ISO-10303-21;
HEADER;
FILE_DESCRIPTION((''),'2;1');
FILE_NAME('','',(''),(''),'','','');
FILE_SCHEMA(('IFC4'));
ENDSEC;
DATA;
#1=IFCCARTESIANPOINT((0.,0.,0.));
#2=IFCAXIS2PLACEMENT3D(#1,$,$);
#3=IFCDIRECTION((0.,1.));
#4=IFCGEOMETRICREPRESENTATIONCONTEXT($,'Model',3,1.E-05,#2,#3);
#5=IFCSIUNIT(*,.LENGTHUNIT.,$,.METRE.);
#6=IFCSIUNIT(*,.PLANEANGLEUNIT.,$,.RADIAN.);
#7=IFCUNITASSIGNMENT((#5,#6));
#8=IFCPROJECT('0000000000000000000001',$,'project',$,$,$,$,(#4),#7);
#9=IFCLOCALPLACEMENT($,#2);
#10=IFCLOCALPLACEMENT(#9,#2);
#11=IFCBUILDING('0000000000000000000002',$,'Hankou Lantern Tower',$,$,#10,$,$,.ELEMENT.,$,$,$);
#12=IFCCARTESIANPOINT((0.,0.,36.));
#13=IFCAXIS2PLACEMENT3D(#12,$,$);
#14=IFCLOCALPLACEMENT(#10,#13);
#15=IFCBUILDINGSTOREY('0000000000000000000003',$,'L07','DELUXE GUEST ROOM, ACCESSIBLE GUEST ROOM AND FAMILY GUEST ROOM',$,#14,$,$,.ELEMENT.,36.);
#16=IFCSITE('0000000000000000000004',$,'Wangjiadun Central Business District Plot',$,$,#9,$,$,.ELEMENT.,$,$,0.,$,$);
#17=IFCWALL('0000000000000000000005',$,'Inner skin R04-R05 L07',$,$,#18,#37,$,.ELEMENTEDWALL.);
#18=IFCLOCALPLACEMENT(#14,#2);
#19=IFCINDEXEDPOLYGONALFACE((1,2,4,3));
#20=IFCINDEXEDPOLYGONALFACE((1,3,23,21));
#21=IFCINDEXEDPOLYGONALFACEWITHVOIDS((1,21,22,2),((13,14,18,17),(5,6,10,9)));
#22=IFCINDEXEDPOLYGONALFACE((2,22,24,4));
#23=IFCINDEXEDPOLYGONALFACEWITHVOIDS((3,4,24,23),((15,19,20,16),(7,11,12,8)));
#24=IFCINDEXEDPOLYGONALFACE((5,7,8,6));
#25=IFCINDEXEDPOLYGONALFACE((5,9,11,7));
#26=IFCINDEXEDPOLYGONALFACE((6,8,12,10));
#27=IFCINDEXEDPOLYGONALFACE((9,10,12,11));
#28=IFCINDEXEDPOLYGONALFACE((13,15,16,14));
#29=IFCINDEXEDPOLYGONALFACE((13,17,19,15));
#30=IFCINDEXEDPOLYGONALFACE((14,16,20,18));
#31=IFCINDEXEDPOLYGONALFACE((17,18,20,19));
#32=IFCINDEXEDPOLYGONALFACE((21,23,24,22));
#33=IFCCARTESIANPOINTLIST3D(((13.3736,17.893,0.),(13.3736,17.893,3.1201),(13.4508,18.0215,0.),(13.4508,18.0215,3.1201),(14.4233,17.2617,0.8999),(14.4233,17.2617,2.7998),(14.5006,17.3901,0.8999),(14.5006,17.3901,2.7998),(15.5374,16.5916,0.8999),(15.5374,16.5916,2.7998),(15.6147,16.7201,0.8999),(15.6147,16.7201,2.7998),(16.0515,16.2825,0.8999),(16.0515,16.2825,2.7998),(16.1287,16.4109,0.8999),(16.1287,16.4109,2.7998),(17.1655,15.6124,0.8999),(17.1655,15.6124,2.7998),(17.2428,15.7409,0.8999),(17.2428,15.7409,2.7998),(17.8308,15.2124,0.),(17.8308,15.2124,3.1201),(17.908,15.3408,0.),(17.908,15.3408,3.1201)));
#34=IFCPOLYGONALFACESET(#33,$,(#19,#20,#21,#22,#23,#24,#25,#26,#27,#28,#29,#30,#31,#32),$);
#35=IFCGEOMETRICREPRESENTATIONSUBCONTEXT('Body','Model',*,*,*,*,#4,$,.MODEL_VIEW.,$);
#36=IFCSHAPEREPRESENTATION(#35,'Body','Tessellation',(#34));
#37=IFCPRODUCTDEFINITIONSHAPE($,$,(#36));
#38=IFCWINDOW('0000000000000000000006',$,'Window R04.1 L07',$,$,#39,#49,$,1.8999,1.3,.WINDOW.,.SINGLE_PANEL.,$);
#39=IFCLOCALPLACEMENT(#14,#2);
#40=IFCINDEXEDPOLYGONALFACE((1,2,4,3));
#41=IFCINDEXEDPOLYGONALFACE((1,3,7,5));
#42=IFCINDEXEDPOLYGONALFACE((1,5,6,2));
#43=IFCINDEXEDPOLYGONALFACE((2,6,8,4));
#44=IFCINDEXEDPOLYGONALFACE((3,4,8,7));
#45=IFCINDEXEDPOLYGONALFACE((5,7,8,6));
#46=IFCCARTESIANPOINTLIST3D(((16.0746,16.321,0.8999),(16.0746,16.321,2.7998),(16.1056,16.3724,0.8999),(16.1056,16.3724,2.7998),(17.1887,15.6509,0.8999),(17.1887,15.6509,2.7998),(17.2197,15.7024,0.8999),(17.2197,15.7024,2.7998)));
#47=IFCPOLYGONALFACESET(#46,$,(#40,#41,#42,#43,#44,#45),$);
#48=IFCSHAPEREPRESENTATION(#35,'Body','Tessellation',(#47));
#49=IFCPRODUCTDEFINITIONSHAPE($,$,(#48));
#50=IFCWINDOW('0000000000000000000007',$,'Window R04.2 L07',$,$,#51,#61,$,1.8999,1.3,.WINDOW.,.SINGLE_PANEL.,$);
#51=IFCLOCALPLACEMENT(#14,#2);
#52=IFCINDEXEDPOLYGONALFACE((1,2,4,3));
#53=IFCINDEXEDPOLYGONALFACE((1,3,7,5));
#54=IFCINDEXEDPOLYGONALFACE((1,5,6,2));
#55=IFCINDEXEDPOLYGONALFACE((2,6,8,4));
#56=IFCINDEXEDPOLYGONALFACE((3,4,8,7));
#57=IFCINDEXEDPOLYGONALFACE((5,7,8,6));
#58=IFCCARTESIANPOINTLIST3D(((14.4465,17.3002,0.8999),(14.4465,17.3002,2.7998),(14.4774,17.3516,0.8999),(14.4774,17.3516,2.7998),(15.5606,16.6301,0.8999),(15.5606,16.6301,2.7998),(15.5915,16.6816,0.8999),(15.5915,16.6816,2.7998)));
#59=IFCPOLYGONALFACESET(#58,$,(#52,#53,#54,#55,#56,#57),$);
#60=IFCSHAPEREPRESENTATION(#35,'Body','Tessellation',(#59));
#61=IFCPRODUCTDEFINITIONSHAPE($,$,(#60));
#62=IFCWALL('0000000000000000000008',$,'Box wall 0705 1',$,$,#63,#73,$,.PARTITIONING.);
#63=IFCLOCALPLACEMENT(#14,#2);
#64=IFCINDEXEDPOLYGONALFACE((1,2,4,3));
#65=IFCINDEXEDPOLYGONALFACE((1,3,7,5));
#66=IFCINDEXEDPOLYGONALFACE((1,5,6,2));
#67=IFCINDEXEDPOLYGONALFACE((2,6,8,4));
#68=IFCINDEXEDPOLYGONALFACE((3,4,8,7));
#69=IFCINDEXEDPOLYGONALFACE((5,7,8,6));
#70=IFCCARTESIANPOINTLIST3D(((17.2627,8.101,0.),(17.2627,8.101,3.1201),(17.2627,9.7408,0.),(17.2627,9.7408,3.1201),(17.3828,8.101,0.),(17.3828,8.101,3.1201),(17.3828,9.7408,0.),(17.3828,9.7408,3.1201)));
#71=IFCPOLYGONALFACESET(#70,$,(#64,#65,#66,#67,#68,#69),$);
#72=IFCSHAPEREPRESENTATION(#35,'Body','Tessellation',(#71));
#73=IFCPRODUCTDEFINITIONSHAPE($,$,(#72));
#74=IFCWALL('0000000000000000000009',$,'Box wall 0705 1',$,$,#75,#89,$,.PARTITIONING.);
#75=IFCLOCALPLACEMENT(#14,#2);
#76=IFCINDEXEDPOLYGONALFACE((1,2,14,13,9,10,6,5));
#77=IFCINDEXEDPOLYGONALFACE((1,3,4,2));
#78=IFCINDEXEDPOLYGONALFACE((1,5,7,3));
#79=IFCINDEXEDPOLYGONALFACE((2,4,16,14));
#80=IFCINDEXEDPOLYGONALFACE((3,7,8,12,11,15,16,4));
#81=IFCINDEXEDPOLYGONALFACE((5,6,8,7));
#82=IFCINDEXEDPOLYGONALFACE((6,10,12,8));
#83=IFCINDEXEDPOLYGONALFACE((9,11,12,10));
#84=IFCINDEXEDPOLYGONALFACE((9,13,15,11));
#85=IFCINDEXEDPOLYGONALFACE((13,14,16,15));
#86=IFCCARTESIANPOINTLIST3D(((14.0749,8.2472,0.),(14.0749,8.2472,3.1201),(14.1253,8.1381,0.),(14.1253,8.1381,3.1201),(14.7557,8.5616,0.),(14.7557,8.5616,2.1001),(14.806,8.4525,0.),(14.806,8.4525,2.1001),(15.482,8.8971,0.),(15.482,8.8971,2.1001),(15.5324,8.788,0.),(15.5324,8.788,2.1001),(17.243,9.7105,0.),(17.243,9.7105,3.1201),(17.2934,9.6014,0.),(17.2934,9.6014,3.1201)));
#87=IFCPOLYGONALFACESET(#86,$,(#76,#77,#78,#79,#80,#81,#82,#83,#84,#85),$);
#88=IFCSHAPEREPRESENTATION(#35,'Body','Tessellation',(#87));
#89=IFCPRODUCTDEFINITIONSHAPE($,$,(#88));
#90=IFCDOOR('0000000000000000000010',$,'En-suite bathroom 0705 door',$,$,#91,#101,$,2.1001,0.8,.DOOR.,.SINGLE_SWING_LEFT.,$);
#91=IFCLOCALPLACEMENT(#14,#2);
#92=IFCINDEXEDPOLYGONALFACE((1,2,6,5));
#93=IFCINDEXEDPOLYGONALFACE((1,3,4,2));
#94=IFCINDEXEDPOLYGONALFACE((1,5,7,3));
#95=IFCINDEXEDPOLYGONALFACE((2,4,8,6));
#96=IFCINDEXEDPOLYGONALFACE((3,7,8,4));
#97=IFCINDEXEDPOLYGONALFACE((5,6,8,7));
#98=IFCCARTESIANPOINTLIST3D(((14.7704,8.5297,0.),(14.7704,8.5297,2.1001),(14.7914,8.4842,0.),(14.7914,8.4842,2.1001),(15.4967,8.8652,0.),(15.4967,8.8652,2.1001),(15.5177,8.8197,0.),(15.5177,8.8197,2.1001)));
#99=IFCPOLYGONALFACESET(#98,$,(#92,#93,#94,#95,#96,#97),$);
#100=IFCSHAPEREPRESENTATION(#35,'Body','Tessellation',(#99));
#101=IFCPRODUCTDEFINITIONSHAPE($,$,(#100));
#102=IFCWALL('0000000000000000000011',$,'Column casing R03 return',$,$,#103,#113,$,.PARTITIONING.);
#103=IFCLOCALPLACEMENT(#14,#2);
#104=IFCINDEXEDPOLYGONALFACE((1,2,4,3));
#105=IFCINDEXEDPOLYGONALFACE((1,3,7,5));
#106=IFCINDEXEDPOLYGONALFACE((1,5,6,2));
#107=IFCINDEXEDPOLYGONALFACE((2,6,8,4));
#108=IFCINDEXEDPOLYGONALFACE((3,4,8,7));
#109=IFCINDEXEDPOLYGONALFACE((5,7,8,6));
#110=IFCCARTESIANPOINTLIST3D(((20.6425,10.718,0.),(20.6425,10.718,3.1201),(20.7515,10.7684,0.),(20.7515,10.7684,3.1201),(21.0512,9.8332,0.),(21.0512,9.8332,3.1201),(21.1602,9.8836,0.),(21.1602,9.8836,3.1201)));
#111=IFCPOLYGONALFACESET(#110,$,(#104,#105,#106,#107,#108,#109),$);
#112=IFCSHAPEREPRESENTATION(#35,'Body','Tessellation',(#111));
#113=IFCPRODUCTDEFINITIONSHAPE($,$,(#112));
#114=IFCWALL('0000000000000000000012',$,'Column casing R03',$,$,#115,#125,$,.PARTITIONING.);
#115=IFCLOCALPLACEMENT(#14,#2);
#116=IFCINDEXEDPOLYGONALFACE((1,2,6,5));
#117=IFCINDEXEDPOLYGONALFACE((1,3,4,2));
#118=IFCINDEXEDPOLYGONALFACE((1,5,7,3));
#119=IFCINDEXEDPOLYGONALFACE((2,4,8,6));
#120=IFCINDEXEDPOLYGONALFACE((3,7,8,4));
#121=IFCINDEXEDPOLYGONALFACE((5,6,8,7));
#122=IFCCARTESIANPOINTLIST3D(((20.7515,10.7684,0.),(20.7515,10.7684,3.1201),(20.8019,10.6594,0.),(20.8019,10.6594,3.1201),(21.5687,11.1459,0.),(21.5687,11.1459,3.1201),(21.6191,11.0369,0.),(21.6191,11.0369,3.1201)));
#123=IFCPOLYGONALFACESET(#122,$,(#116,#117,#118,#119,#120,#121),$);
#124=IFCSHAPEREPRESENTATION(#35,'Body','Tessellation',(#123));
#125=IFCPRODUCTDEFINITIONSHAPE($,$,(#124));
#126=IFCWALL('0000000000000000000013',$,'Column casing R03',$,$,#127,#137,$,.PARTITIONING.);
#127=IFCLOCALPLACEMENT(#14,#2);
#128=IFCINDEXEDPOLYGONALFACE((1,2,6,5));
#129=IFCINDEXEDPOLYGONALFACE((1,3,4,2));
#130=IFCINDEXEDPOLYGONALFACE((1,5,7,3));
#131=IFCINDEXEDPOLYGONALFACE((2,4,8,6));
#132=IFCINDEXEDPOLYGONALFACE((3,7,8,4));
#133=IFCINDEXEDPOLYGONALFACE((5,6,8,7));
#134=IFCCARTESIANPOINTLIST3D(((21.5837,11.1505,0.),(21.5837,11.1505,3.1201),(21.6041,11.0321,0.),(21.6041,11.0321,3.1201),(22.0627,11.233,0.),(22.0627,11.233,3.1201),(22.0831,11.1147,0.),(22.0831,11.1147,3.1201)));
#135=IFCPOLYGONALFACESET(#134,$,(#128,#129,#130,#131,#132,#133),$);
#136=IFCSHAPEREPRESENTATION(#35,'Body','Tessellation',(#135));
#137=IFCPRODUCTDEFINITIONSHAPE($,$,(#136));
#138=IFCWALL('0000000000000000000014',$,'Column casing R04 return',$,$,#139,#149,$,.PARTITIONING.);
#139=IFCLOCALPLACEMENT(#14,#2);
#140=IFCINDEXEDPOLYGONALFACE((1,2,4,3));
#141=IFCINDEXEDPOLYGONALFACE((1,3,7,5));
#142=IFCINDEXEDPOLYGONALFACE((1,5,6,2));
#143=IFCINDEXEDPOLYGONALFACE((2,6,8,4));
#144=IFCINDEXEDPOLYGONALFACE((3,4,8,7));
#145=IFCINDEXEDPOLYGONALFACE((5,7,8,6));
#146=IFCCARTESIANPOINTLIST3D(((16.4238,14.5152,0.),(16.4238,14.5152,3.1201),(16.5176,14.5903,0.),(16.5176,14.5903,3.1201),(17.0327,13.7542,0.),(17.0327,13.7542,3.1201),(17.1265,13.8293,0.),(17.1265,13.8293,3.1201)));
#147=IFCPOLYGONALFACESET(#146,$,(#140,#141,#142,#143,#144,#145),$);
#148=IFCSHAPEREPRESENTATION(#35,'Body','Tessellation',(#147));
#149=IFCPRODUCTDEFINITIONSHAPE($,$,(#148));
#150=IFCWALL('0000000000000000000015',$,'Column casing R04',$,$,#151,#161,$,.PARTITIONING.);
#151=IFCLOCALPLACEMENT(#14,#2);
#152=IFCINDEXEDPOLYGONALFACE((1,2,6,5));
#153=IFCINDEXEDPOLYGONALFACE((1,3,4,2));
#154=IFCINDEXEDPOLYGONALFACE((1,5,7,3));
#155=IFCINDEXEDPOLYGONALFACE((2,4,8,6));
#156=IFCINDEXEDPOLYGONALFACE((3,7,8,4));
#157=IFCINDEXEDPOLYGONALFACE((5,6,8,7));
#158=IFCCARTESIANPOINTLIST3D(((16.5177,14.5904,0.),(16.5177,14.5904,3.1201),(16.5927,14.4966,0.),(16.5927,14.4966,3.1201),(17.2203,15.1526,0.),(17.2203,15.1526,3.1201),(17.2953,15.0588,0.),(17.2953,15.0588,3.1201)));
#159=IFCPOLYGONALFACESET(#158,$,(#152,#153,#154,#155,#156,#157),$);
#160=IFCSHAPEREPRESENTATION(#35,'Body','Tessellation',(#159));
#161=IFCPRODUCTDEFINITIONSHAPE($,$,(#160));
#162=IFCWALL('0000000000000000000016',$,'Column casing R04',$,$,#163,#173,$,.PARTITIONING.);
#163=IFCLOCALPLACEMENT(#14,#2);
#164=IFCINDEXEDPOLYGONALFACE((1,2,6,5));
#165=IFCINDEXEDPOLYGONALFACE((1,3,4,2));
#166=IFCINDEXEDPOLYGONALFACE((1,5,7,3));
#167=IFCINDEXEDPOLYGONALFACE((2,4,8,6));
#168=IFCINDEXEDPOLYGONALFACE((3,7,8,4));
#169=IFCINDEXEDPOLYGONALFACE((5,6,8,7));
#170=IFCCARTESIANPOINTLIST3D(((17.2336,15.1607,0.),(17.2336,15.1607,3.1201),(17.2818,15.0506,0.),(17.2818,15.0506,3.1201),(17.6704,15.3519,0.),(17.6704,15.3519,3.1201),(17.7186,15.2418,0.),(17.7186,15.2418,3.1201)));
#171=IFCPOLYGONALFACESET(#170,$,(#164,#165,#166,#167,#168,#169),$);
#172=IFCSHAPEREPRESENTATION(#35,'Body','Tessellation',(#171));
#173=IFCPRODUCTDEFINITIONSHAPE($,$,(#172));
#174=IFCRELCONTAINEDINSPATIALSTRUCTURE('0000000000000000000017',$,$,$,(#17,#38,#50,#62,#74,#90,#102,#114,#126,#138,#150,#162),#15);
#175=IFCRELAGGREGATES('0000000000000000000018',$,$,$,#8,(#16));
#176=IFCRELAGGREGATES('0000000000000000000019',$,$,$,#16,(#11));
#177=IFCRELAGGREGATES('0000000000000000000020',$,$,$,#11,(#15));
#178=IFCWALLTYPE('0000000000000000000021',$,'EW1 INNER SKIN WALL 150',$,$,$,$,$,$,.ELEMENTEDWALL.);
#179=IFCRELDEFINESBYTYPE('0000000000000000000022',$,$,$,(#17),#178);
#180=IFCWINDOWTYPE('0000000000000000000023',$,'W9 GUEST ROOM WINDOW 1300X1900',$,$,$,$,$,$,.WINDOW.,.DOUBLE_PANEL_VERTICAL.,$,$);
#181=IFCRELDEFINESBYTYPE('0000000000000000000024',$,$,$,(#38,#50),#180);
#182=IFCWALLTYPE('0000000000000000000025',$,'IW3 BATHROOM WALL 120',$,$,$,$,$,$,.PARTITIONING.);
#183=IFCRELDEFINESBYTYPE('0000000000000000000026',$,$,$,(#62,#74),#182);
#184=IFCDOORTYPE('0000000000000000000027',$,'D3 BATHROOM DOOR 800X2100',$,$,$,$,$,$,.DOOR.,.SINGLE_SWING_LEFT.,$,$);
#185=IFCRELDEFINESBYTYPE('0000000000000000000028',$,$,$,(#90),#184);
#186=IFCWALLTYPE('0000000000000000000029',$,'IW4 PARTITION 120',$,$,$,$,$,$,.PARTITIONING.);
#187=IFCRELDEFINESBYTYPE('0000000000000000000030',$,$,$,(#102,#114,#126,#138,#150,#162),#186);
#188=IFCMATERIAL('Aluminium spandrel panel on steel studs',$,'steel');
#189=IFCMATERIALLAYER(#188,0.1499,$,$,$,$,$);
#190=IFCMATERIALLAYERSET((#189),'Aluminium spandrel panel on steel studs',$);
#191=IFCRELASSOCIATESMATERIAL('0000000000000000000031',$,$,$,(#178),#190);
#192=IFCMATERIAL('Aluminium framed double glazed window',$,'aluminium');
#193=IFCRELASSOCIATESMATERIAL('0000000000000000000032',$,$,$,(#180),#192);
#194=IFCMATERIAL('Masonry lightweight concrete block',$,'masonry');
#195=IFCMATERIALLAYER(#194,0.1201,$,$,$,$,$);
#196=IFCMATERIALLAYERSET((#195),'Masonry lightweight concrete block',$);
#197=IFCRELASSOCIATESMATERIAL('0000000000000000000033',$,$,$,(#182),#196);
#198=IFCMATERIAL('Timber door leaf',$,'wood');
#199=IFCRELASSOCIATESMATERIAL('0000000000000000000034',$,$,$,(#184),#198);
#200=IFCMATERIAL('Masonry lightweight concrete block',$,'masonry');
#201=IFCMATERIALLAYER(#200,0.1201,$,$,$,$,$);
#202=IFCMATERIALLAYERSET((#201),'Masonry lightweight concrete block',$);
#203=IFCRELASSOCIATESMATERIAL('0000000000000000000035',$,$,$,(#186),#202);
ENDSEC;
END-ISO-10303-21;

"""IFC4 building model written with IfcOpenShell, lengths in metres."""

from ifc_helpers import new_model, si_unit, direction, frame, frame_2d, origin, place, context, subcontext, project, spatial, rectangle, extrude, material, layer, layer_set, type_object, element, fill, save


model = new_model("IFC4")

# Units and contexts
model_context = context("Model", 3, precision=1e-05, world=origin(), true_north=direction((0.0, 1.0)))
body_context = subcontext(model_context, "Body", "Model", "MODEL_VIEW")
ifc_project = project(units=[si_unit("LENGTHUNIT", "METRE"), si_unit("PLANEANGLEUNIT", "RADIAN")], contexts=[model_context])

# Site, building, storey
site_placement = place(None, origin())
site = spatial("IfcSite", under=ifc_project, at=site_placement, Name="Wangjiadun Central Business District Plot", CompositionType="ELEMENT", RefElevation=0.0)
building_placement = place(site_placement, origin())
building = spatial("IfcBuilding", under=site, at=building_placement, Name="Hankou Lantern Tower", CompositionType="ELEMENT")
storey_placement = place(building_placement, frame((0.0, 0.0, 36.0)))
storey = spatial("IfcBuildingStorey", under=building, at=storey_placement, Name="L07", Description="DELUXE GUEST ROOM, ACCESSIBLE GUEST ROOM AND FAMILY GUEST ROOM", CompositionType="ELEMENT", Elevation=36.0)

# Wall, openings, windows
ifc_material_1 = material(Name="Aluminium spandrel panel on steel studs", Category="steel")
ifc_layer_1 = layer(ifc_material_1, 0.1499)
ifc_layer_set_1 = layer_set([ifc_layer_1], Name="Aluminium spandrel panel on steel studs")
wall_type_1 = type_object("IfcWallType", Name="EW1 INNER SKIN WALL 150", PredefinedType="ELEMENTEDWALL", material=ifc_layer_set_1)
ifc_material_2 = material(Name="Aluminium framed double glazed window", Category="aluminium")
window_type = type_object("IfcWindowType", Name="W9 GUEST ROOM WINDOW 1300X1900", PartitioningType="DOUBLE_PANEL_VERTICAL", PredefinedType="WINDOW", material=ifc_material_2)
wall_1_placement = place(storey_placement, frame((17.8694, 15.2766, 0.0), z_axis=(0.0, 0.0, 1.0), x_axis=(-0.856958, 0.515386, 0.0)))
wall_1 = element("IfcWall", 1, at=wall_1_placement, inside=storey, type_object=wall_type_1, Name="Inner skin R04-R05 L07", PredefinedType="ELEMENTEDWALL", context=body_context, shape_type="SweptSolid", body=[
    extrude(rectangle(XDim=5.2012, YDim=0.1499, at=frame_2d((2.6006, 0.0))), origin(), (0.0, 0.0, 1.0), 3.1201),
])
opening_1_placement = place(wall_1_placement, frame((0.7764, 0.0, 0.8999)))
opening_1 = element("IfcOpeningElement", 2, at=opening_1_placement, cuts=wall_1, PredefinedType="OPENING", context=body_context, shape_type="SweptSolid", body=[
    extrude(rectangle(XDim=1.3, YDim=1.8999, at=frame_2d((0.6499, 0.95))), frame((0.0, 0.085, 0.0), z_axis=(0.0, -1.0, 0.0), x_axis=(1.0, 0.0, 0.0)), (0.0, 0.0, 1.0), 0.1699),
])
opening_2_placement = place(wall_1_placement, frame((2.6763, 0.0, 0.8999)))
opening_2 = element("IfcOpeningElement", 3, at=opening_2_placement, cuts=wall_1, PredefinedType="OPENING", context=body_context, shape_type="SweptSolid", body=[
    extrude(rectangle(XDim=1.3, YDim=1.8999, at=frame_2d((0.6499, 0.95))), frame((0.0, 0.085, 0.0), z_axis=(0.0, -1.0, 0.0), x_axis=(1.0, 0.0, 0.0)), (0.0, 0.0, 1.0), 0.1699),
])
window_1_placement = place(opening_1_placement, origin())
window_1 = element("IfcWindow", 4, at=window_1_placement, inside=storey, type_object=window_type, Name="Window R04.1 L07", OverallHeight=1.8999, OverallWidth=1.3, PartitioningType="SINGLE_PANEL", PredefinedType="WINDOW", context=body_context, shape_type="SweptSolid", body=[
    extrude(rectangle(XDim=1.3, YDim=1.8999, at=frame_2d((0.6499, 0.95))), frame((0.0, 0.03, 0.0), z_axis=(0.0, -1.0, 0.0), x_axis=(1.0, 0.0, 0.0)), (0.0, 0.0, 1.0), 0.0601),
])
fill(opening_1, window_1)
window_2_placement = place(opening_2_placement, origin())
window_2 = element("IfcWindow", 5, at=window_2_placement, inside=storey, type_object=window_type, Name="Window R04.2 L07", OverallHeight=1.8999, OverallWidth=1.3, PartitioningType="SINGLE_PANEL", PredefinedType="WINDOW", context=body_context, shape_type="SweptSolid", body=[
    extrude(rectangle(XDim=1.3, YDim=1.8999, at=frame_2d((0.6499, 0.95))), frame((0.0, 0.03, 0.0), z_axis=(0.0, -1.0, 0.0), x_axis=(1.0, 0.0, 0.0)), (0.0, 0.0, 1.0), 0.0601),
])
fill(opening_2, window_2)

# Wall
ifc_material_3 = material(Name="Masonry lightweight concrete block", Category="masonry")
ifc_layer_2 = layer(ifc_material_3, 0.1201)
ifc_layer_set_2 = layer_set([ifc_layer_2], Name="Masonry lightweight concrete block")
wall_type_2 = type_object("IfcWallType", Name="IW3 BATHROOM WALL 120", PredefinedType="PARTITIONING", material=ifc_layer_set_2)
wall_2_placement = place(storey_placement, frame((17.3228, 8.1011, 0.0), z_axis=(0.0, 0.0, 1.0), x_axis=(0.0, 1.0, 0.0)))
element("IfcWall", 6, at=wall_2_placement, inside=storey, type_object=wall_type_2, Name="Box wall 0705 1", PredefinedType="PARTITIONING", context=body_context, shape_type="SweptSolid", body=[
    extrude(rectangle(XDim=1.6399, YDim=0.1201, at=frame_2d((0.8198, 0.0))), origin(), (0.0, 0.0, 1.0), 3.1201),
])

# Wall, opening, door
wall_3_placement = place(storey_placement, frame((14.1001, 8.1926, 0.0), z_axis=(0.0, 0.0, 1.0), x_axis=(0.907836, 0.419324, 0.0)))
wall_3 = element("IfcWall", 7, at=wall_3_placement, inside=storey, type_object=wall_type_2, Name="Box wall 0705 1", PredefinedType="PARTITIONING", context=body_context, shape_type="SweptSolid", body=[
    extrude(rectangle(XDim=3.4897, YDim=0.1201, at=frame_2d((1.7449, 0.0))), origin(), (0.0, 0.0, 1.0), 3.1201),
])
opening_3_placement = place(wall_3_placement, frame((0.75, 0.0, 0.0)))
opening_3 = element("IfcOpeningElement", 8, at=opening_3_placement, cuts=wall_3, PredefinedType="OPENING", context=body_context, shape_type="SweptSolid", body=[
    extrude(rectangle(XDim=0.8, YDim=2.1001, at=frame_2d((0.3999, 1.05))), frame((0.0, 0.0701, 0.0), z_axis=(0.0, -1.0, 0.0), x_axis=(1.0, 0.0, 0.0)), (0.0, 0.0, 1.0), 0.1401),
])
ifc_material_4 = material(Name="Timber door leaf", Category="wood")
door_type = type_object("IfcDoorType", Name="D3 BATHROOM DOOR 800X2100", OperationType="SINGLE_SWING_LEFT", PredefinedType="DOOR", material=ifc_material_4)
door_placement = place(opening_3_placement, origin())
door = element("IfcDoor", 9, at=door_placement, inside=storey, type_object=door_type, Name="En-suite bathroom 0705 door", OperationType="SINGLE_SWING_LEFT", OverallHeight=2.1001, OverallWidth=0.8, PredefinedType="DOOR", context=body_context, shape_type="SweptSolid", body=[
    extrude(rectangle(XDim=0.8, YDim=2.1001, at=frame_2d((0.3999, 1.05))), frame((0.0, 0.0249, 0.0), z_axis=(0.0, -1.0, 0.0), x_axis=(1.0, 0.0, 0.0)), (0.0, 0.0, 1.0), 0.05),
])
fill(opening_3, door)

# Walls
ifc_material_5 = material(Name="Masonry lightweight concrete block", Category="masonry")
ifc_layer_3 = layer(ifc_material_5, 0.1201)
ifc_layer_set_3 = layer_set([ifc_layer_3], Name="Masonry lightweight concrete block")
wall_type_3 = type_object("IfcWallType", Name="IW4 PARTITION 120", PredefinedType="PARTITIONING", material=ifc_layer_set_3)
wall_4_placement = place(storey_placement, frame((21.1057, 9.8584, 0.0), z_axis=(0.0, 0.0, 1.0), x_axis=(-0.419344, 0.907827, 0.0)))
element("IfcWall", 10, at=wall_4_placement, inside=storey, type_object=wall_type_3, Name="Column casing R03 return", PredefinedType="PARTITIONING", context=body_context, shape_type="SweptSolid", body=[
    extrude(rectangle(XDim=0.9746, YDim=0.1201, at=frame_2d((0.4873, 0.0))), origin(), (0.0, 0.0, 1.0), 3.1201),
])
wall_5_placement = place(storey_placement, frame((20.7766, 10.7139, 0.0), z_axis=(0.0, 0.0, 1.0), x_axis=(0.907832, 0.419333, 0.0)))
element("IfcWall", 11, at=wall_5_placement, inside=storey, type_object=wall_type_3, Name="Column casing R03", PredefinedType="PARTITIONING", context=body_context, shape_type="SweptSolid", body=[
    extrude(rectangle(XDim=0.9001, YDim=0.1201, at=frame_2d((0.4502, 0.0))), origin(), (0.0, 0.0, 1.0), 3.1201),
])
wall_6_placement = place(storey_placement, frame((21.5938, 11.0913, 0.0), z_axis=(0.0, 0.0, 1.0), x_axis=(0.985483, 0.169772, 0.0)))
element("IfcWall", 12, at=wall_6_placement, inside=storey, type_object=wall_type_3, Name="Column casing R03", PredefinedType="PARTITIONING", context=body_context, shape_type="SweptSolid", body=[
    extrude(rectangle(XDim=0.4861, YDim=0.1201, at=frame_2d((0.2432, 0.0))), origin(), (0.0, 0.0, 1.0), 3.1201),
])
wall_7_placement = place(storey_placement, frame((17.0796, 13.7917, 0.0), z_axis=(0.0, 0.0, 1.0), x_axis=(-0.624756, 0.78082, 0.0)))
element("IfcWall", 13, at=wall_7_placement, inside=storey, type_object=wall_type_3, Name="Column casing R04 return", PredefinedType="PARTITIONING", context=body_context, shape_type="SweptSolid", body=[
    extrude(rectangle(XDim=0.9746, YDim=0.1201, at=frame_2d((0.4873, 0.0))), origin(), (0.0, 0.0, 1.0), 3.1201),
])
wall_8_placement = place(storey_placement, frame((16.5552, 14.5435, 0.0), z_axis=(0.0, 0.0, 1.0), x_axis=(0.780789, 0.624794, 0.0)))
element("IfcWall", 14, at=wall_8_placement, inside=storey, type_object=wall_type_3, Name="Column casing R04", PredefinedType="PARTITIONING", context=body_context, shape_type="SweptSolid", body=[
    extrude(rectangle(XDim=0.8999, YDim=0.1201, at=frame_2d((0.45, 0.0))), origin(), (0.0, 0.0, 1.0), 3.1201),
])
wall_9_placement = place(storey_placement, frame((17.2578, 15.1057, 0.0), z_axis=(0.0, 0.0, 1.0), x_axis=(0.916099, 0.400953, 0.0)))
element("IfcWall", 15, at=wall_9_placement, inside=storey, type_object=wall_type_3, Name="Column casing R04", PredefinedType="PARTITIONING", context=body_context, shape_type="SweptSolid", body=[
    extrude(rectangle(XDim=0.4768, YDim=0.1201, at=frame_2d((0.2383, 0.0))), origin(), (0.0, 0.0, 1.0), 3.1201),
])

save(model, "model.ifc")
